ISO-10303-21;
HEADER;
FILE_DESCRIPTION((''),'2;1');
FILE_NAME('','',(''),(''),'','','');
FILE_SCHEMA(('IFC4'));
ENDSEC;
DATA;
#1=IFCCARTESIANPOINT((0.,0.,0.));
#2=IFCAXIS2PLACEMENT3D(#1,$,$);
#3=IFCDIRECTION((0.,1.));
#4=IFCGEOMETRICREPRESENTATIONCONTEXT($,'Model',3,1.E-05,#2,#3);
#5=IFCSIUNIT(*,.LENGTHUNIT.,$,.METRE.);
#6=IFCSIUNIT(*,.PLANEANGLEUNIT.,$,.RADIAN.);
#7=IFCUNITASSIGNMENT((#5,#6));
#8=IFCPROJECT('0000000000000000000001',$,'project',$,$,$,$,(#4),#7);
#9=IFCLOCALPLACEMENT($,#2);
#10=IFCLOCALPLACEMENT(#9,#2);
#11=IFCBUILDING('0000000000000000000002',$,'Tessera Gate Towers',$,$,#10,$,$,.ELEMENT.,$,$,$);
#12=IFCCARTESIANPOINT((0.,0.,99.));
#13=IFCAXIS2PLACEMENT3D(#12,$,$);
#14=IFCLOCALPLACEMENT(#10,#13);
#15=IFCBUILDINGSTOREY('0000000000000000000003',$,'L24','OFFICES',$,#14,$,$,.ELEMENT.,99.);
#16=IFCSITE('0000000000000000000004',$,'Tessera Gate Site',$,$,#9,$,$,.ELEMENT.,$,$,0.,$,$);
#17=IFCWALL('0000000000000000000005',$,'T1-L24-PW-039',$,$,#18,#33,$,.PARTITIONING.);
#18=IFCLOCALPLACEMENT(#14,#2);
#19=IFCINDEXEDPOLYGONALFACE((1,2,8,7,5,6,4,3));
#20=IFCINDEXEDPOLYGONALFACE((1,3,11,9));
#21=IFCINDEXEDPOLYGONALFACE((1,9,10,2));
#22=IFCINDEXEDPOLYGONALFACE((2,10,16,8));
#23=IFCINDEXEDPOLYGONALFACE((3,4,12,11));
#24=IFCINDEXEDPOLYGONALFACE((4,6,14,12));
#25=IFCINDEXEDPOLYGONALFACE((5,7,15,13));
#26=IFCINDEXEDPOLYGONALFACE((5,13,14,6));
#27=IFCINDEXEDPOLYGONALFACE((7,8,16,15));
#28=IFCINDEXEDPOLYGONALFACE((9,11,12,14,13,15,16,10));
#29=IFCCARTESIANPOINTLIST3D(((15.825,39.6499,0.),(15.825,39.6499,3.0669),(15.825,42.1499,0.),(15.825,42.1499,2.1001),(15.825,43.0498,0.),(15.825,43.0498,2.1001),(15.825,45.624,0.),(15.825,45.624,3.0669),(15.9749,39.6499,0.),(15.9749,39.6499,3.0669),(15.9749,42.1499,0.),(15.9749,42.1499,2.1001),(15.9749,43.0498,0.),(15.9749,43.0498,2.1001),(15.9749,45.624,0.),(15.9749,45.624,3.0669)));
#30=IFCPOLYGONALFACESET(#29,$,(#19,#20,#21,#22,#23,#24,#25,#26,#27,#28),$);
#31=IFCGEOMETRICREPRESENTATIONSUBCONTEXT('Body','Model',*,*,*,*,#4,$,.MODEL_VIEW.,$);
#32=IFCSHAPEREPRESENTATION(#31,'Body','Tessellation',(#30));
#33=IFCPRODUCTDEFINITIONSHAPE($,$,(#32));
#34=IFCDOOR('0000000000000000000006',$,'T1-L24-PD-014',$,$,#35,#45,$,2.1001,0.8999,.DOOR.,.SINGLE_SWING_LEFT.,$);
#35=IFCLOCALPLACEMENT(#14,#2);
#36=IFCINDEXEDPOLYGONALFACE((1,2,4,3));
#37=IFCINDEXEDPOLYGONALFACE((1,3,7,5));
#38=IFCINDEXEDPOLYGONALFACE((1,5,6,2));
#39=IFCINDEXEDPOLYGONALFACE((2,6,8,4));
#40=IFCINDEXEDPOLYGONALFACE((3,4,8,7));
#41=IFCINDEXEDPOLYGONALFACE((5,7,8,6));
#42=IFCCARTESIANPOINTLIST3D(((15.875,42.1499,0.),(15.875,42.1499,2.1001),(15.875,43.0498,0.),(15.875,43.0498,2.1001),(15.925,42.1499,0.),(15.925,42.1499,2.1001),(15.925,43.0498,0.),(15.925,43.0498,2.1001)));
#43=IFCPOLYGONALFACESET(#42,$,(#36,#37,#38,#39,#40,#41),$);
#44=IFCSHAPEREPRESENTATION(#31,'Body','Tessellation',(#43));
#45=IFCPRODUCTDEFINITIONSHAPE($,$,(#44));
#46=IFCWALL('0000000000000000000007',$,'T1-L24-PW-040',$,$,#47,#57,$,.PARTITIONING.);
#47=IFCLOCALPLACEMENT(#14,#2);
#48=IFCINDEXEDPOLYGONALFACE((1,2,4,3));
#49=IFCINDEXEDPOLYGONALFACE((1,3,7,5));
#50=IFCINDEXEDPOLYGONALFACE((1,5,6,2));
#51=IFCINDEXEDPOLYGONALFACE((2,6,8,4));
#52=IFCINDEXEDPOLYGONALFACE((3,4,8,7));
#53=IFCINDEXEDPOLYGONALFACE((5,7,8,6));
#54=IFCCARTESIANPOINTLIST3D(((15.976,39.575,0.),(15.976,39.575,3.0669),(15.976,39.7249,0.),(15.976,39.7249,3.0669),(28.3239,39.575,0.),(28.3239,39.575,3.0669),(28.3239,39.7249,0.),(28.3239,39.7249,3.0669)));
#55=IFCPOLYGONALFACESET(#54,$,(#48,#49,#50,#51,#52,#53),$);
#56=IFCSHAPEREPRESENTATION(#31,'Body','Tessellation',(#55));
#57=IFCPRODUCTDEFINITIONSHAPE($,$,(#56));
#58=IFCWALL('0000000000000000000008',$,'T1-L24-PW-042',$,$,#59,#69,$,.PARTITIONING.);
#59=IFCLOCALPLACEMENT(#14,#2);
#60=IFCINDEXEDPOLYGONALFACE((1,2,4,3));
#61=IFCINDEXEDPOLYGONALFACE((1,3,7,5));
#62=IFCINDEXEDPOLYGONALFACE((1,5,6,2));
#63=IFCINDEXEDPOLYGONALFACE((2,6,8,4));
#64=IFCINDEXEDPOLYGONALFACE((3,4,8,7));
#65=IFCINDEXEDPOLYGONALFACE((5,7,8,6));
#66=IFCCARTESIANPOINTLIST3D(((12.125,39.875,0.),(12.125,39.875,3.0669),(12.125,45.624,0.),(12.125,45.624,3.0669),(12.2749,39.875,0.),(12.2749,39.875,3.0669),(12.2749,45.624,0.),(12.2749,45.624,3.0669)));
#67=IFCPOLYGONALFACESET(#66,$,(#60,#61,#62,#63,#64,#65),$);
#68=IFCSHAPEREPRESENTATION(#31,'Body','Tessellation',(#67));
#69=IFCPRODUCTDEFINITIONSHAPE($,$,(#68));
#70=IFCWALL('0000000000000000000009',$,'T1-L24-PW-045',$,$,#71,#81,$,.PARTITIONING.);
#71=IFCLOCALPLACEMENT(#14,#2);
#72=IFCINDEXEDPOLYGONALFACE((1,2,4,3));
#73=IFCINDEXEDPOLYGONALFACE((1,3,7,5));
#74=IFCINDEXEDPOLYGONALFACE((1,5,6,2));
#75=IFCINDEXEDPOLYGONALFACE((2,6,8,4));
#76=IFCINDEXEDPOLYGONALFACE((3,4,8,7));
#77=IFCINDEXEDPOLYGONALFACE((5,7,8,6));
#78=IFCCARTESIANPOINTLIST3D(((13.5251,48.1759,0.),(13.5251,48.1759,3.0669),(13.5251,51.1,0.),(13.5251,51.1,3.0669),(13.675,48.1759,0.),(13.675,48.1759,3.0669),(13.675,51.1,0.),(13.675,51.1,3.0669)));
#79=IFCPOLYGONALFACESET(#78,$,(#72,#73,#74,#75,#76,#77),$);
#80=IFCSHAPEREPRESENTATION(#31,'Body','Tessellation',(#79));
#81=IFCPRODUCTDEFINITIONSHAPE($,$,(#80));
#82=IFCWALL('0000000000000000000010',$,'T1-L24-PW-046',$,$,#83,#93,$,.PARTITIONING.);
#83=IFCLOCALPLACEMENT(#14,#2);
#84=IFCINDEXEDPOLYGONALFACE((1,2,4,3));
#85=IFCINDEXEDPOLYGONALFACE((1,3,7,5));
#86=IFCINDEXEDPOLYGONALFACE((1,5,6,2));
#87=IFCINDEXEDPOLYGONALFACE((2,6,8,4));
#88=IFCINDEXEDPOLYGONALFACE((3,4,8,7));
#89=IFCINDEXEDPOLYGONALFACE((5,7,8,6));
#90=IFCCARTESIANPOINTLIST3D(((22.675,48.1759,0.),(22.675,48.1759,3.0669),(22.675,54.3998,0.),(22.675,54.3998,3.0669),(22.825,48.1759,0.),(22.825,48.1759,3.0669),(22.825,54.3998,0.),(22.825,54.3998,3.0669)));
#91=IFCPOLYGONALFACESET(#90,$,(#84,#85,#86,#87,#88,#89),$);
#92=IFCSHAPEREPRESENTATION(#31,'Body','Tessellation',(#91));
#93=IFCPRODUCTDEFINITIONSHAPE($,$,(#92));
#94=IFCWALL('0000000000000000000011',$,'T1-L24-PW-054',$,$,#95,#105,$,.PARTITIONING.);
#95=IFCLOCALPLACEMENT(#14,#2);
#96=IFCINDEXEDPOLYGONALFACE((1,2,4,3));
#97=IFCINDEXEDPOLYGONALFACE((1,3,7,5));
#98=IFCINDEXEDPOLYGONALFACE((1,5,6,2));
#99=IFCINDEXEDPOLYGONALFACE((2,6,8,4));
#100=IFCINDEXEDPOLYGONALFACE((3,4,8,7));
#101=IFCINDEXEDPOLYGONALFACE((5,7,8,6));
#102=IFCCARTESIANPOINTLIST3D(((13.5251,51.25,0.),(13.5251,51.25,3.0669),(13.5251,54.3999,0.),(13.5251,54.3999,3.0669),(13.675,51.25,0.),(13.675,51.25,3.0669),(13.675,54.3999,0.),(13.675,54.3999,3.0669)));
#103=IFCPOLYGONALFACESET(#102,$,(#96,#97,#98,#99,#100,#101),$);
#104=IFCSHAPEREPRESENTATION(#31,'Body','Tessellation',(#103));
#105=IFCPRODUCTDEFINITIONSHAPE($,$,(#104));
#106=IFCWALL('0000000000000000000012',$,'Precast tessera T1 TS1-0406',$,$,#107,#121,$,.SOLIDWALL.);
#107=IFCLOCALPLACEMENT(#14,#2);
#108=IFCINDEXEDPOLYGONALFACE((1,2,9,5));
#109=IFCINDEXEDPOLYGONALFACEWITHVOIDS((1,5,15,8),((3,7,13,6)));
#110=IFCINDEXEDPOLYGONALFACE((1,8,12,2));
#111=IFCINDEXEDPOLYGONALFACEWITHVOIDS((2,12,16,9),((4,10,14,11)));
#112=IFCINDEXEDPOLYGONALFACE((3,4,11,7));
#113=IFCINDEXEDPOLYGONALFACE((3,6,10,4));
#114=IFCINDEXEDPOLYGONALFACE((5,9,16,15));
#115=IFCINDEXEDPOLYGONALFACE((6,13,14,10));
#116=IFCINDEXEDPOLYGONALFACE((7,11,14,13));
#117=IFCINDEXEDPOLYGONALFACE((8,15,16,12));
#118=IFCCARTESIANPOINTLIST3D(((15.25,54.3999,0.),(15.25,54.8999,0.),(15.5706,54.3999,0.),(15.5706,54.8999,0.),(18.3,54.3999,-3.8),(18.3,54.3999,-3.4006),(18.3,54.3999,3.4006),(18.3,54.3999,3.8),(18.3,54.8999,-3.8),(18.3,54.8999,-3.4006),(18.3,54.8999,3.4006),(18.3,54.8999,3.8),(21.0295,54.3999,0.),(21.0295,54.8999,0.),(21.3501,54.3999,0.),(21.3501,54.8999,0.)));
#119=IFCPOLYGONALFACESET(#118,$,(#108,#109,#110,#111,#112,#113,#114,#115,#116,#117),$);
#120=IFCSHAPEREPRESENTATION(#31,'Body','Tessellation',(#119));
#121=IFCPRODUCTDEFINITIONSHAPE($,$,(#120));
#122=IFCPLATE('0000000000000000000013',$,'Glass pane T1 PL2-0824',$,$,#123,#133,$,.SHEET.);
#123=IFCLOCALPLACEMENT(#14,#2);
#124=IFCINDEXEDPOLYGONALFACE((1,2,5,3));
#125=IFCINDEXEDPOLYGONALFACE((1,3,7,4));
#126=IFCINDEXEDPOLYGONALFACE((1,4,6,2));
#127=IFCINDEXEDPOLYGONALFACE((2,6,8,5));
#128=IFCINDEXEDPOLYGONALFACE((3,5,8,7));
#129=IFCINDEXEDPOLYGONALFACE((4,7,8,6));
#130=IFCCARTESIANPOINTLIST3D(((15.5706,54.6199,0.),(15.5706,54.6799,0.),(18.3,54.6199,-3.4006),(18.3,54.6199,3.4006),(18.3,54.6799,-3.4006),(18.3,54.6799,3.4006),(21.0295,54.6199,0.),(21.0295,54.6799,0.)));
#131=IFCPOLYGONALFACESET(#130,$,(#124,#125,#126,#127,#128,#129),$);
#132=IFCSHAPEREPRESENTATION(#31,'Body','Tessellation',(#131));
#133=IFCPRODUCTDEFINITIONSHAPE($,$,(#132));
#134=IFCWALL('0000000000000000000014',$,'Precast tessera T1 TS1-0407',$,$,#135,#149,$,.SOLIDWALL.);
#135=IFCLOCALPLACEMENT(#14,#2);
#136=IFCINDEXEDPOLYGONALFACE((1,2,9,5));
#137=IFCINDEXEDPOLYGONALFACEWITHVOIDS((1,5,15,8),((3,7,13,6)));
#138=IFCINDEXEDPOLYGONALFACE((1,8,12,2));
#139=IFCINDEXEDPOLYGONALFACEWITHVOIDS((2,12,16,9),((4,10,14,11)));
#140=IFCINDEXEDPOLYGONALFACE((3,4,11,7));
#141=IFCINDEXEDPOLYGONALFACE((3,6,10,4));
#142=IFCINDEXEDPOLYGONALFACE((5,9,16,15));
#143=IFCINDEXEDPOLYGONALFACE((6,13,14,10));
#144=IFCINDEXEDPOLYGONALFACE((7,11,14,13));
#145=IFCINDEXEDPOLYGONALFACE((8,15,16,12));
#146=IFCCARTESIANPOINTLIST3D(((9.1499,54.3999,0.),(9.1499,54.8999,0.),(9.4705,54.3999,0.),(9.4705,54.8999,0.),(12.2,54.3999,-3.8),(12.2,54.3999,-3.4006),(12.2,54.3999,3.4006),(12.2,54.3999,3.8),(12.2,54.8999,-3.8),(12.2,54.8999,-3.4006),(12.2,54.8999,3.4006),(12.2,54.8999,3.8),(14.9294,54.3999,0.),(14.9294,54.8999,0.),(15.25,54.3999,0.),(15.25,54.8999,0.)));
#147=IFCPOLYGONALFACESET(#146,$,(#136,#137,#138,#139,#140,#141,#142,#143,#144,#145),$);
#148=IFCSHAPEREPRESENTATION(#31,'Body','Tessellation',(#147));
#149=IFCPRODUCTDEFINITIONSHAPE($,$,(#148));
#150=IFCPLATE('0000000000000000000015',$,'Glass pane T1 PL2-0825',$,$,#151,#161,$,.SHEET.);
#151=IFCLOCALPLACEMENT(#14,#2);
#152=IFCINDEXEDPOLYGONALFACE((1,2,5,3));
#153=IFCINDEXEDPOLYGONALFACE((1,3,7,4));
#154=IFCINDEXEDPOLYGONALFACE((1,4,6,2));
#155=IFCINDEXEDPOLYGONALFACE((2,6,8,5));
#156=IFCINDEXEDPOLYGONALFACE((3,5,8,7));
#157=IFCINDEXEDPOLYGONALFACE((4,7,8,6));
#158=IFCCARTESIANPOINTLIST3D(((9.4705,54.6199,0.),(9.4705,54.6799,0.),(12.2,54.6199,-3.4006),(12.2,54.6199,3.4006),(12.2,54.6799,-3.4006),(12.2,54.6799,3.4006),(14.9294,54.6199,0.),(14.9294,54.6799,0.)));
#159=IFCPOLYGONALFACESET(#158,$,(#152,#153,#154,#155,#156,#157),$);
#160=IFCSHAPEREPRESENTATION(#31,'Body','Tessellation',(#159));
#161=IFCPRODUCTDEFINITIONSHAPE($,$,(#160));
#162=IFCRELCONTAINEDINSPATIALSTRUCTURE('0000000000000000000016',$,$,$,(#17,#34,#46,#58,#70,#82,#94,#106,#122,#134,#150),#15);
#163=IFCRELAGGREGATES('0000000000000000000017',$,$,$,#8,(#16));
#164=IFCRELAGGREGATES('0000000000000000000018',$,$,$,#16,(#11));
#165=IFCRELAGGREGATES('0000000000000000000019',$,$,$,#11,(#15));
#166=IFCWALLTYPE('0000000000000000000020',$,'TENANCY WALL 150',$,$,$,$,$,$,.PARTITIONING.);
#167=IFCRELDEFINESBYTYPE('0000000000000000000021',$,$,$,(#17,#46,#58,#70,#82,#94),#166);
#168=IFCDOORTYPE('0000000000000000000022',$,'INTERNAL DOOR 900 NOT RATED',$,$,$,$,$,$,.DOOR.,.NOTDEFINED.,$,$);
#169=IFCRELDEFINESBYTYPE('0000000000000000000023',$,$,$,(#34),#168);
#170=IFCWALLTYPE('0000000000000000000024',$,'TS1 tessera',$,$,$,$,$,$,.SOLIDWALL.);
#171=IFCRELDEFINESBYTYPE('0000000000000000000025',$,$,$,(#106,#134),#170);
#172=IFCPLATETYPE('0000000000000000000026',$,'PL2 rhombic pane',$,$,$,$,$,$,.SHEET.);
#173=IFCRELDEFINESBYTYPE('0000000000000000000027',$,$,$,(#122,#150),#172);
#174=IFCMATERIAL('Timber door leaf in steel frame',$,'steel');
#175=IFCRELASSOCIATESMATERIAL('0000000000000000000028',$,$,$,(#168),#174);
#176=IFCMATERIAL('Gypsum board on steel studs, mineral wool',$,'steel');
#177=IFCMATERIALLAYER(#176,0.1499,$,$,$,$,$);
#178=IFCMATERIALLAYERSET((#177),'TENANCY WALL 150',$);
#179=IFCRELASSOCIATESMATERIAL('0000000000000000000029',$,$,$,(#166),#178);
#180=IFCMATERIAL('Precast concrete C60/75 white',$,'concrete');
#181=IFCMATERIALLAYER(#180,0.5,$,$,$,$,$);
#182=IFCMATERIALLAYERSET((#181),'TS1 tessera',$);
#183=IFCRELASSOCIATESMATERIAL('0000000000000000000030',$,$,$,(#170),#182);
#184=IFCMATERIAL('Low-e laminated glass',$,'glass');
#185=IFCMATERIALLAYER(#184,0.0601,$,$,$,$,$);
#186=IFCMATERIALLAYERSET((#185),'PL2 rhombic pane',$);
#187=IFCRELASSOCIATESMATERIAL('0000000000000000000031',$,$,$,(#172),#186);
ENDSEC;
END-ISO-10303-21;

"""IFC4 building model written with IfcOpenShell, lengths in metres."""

from ifc_helpers import new_model, si_unit, direction, frame, frame_2d, origin, place, context, subcontext, project, spatial, polyline, rectangle, outline, extrude, source, transform, mapped, material, layer, layer_set, type_object, element, fill, save


model = new_model("IFC4")

# Units and contexts
model_context = context("Model", 3, precision=1e-05, world=origin(), true_north=direction((0.0, 1.0)))
body_context = subcontext(model_context, "Body", "Model", "MODEL_VIEW")
ifc_project = project(units=[si_unit("LENGTHUNIT", "METRE"), si_unit("PLANEANGLEUNIT", "RADIAN")], contexts=[model_context])

# Site, building, storey
site_placement = place(None, origin())
site = spatial("IfcSite", under=ifc_project, at=site_placement, Name="Tessera Gate Site", CompositionType="ELEMENT", RefElevation=0.0)
building_placement = place(site_placement, origin())
building = spatial("IfcBuilding", under=site, at=building_placement, Name="Tessera Gate Towers", CompositionType="ELEMENT")
storey_placement = place(building_placement, frame((0.0, 0.0, 99.0)))
storey = spatial("IfcBuildingStorey", under=building, at=storey_placement, Name="L24", Description="OFFICES", CompositionType="ELEMENT", Elevation=99.0)

# Shared definitions
ifc_material_1 = material(Name="Timber door leaf in steel frame", Category="steel")
door_type = type_object("IfcDoorType", Name="INTERNAL DOOR 900 NOT RATED", OperationType="NOTDEFINED", PredefinedType="DOOR", material=ifc_material_1)
shared_shape_1 = source(origin(), body_context, "Body", "SweptSolid", [
    extrude(rectangle(XDim=0.8999, YDim=2.1001, at=frame_2d((0.45, 1.05))), frame((0.0, 0.0249, 0.0), z_axis=(0.0, -1.0, 0.0), x_axis=(1.0, 0.0, 0.0)), (0.0, 0.0, 1.0), 0.05),
])

# Shared definitions
ifc_material_2 = material(Name="Gypsum board on steel studs, mineral wool", Category="steel")
ifc_layer_1 = layer(ifc_material_2, 0.1499)
ifc_layer_set_1 = layer_set([ifc_layer_1], Name="TENANCY WALL 150")
wall_type_1 = type_object("IfcWallType", Name="TENANCY WALL 150", PredefinedType="PARTITIONING", material=ifc_layer_set_1)

# Wall, opening, door
wall_1_placement = place(storey_placement, frame((15.8999, 39.6499, 0.0), z_axis=(0.0, 0.0, 1.0), x_axis=(0.0, 1.0, 0.0)))
wall_1 = element("IfcWall", 1, at=wall_1_placement, inside=storey, type_object=wall_type_1, Name="T1-L24-PW-039", PredefinedType="PARTITIONING", context=body_context, shape_type="SweptSolid", body=[
    extrude(rectangle(XDim=5.9741, YDim=0.1499, at=frame_2d((2.9871, 0.0))), origin(), (0.0, 0.0, 1.0), 3.0669),
])
shared_shape_2 = source(origin(), body_context, "Body", "SweptSolid", [
    extrude(rectangle(XDim=0.8999, YDim=2.1001, at=frame_2d((0.45, 1.05))), frame((0.0, 0.085, 0.0), z_axis=(0.0, -1.0, 0.0), x_axis=(1.0, 0.0, 0.0)), (0.0, 0.0, 1.0), 0.1699),
])
opening_1_placement = place(wall_1_placement, frame((2.5, 0.0, 0.0)))
opening_1 = element("IfcOpeningElement", 2, at=opening_1_placement, cuts=wall_1, PredefinedType="OPENING", context=body_context, shape_type="MappedRepresentation", body=[
    mapped(shared_shape_2, transform((0.0, 0.0, 0.0), scale=1.0)),
])
door_1_placement = place(opening_1_placement, origin())
door_1 = element("IfcDoor", 3, at=door_1_placement, inside=storey, type_object=door_type, Name="T1-L24-PD-014", OperationType="SINGLE_SWING_LEFT", OverallHeight=2.1001, OverallWidth=0.8999, PredefinedType="DOOR", context=body_context, shape_type="MappedRepresentation", body=[
    mapped(shared_shape_1, transform((0.0, 0.0, 0.0), scale=1.0)),
])
fill(opening_1, door_1)

# Walls
wall_2_placement = place(storey_placement, frame((15.9761, 39.6499, 0.0), z_axis=(0.0, 0.0, 1.0), x_axis=(1.0, 0.0, 0.0)))
element("IfcWall", 4, at=wall_2_placement, inside=storey, type_object=wall_type_1, Name="T1-L24-PW-040", PredefinedType="PARTITIONING", context=body_context, shape_type="SweptSolid", body=[
    extrude(rectangle(XDim=12.3479, YDim=0.1499, at=frame_2d((6.1738, 0.0))), origin(), (0.0, 0.0, 1.0), 3.0669),
])
wall_3_placement = place(storey_placement, frame((12.2, 39.875, 0.0), z_axis=(0.0, 0.0, 1.0), x_axis=(0.0, 1.0, 0.0)))
element("IfcWall", 5, at=wall_3_placement, inside=storey, type_object=wall_type_1, Name="T1-L24-PW-042", PredefinedType="PARTITIONING", context=body_context, shape_type="SweptSolid", body=[
    extrude(rectangle(XDim=5.749, YDim=0.1499, at=frame_2d((2.8745, 0.0))), origin(), (0.0, 0.0, 1.0), 3.0669),
])
wall_4_placement = place(storey_placement, frame((13.6001, 48.176, 0.0), z_axis=(0.0, 0.0, 1.0), x_axis=(0.0, 1.0, 0.0)))
element("IfcWall", 6, at=wall_4_placement, inside=storey, type_object=wall_type_1, Name="T1-L24-PW-045", PredefinedType="PARTITIONING", context=body_context, shape_type="SweptSolid", body=[
    extrude(rectangle(XDim=2.9241, YDim=0.1499, at=frame_2d((1.4619, 0.0))), origin(), (0.0, 0.0, 1.0), 3.0669),
])
wall_5_placement = place(storey_placement, frame((22.75, 48.176, 0.0), z_axis=(0.0, 0.0, 1.0), x_axis=(0.0, 1.0, 0.0)))
element("IfcWall", 7, at=wall_5_placement, inside=storey, type_object=wall_type_1, Name="T1-L24-PW-046", PredefinedType="PARTITIONING", context=body_context, shape_type="SweptSolid", body=[
    extrude(rectangle(XDim=6.2239, YDim=0.1499, at=frame_2d((3.1118, 0.0))), origin(), (0.0, 0.0, 1.0), 3.0669),
])
wall_6_placement = place(storey_placement, frame((13.6001, 51.25, 0.0), z_axis=(0.0, 0.0, 1.0), x_axis=(0.0, 1.0, 0.0)))
element("IfcWall", 8, at=wall_6_placement, inside=storey, type_object=wall_type_1, Name="T1-L24-PW-054", PredefinedType="PARTITIONING", context=body_context, shape_type="SweptSolid", body=[
    extrude(rectangle(XDim=3.1499, YDim=0.1499, at=frame_2d((1.575, 0.0))), origin(), (0.0, 0.0, 1.0), 3.0669),
])

# Walls, openings, plates
ifc_material_3 = material(Name="Precast concrete C60/75 white", Category="concrete")
ifc_layer_2 = layer(ifc_material_3, 0.5)
ifc_layer_set_2 = layer_set([ifc_layer_2], Name="TS1 tessera")
wall_type_2 = type_object("IfcWallType", Name="TS1 tessera", PredefinedType="SOLIDWALL", material=ifc_layer_set_2)
shared_shape_3 = source(origin(), body_context, "Body", "SweptSolid", [
    extrude(outline(polyline([(3.05, 0.0), (6.1001, 3.8), (3.05, 7.6001), (0.0, 3.8), (3.05, 0.0)])), frame((0.0, 0.25, 0.0), z_axis=(0.0, -1.0, 0.0), x_axis=(1.0, 0.0, 0.0)), (0.0, 0.0, 1.0), 0.5),
])
wall_7_placement = place(storey_placement, frame((21.3501, 54.6499, -3.8), z_axis=(0.0, 0.0, 1.0), x_axis=(-1.0, 0.0, 0.0)))
wall_7 = element("IfcWall", 9, at=wall_7_placement, inside=storey, type_object=wall_type_2, Name="Precast tessera T1 TS1-0406", PredefinedType="SOLIDWALL", context=body_context, shape_type="MappedRepresentation", body=[
    mapped(shared_shape_3, transform((0.0, 0.0, 0.0), scale=1.0)),
])
shared_shape_4 = source(origin(), body_context, "Body", "SweptSolid", [
    extrude(outline(polyline([(3.05, 0.3994), (5.7795, 3.8), (3.05, 7.2007), (0.3206, 3.8), (3.05, 0.3994)])), frame((0.0, 0.26, 0.0), z_axis=(0.0, -1.0, 0.0), x_axis=(1.0, 0.0, 0.0)), (0.0, 0.0, 1.0), 0.52),
])
opening_2_placement = place(wall_7_placement, origin())
opening_2 = element("IfcOpeningElement", 10, at=opening_2_placement, cuts=wall_7, PredefinedType="OPENING", context=body_context, shape_type="MappedRepresentation", body=[
    mapped(shared_shape_4, transform((0.0, 0.0, 0.0), scale=1.0)),
])
ifc_material_4 = material(Name="Low-e laminated glass", Category="glass")
ifc_layer_3 = layer(ifc_material_4, 0.0601)
ifc_layer_set_3 = layer_set([ifc_layer_3], Name="PL2 rhombic pane")
plate_type = type_object("IfcPlateType", Name="PL2 rhombic pane", PredefinedType="SHEET", material=ifc_layer_set_3)
shared_shape_5 = source(origin(), body_context, "Body", "SweptSolid", [
    extrude(outline(polyline([(3.05, 0.3994), (5.7795, 3.8), (3.05, 7.2007), (0.3206, 3.8), (3.05, 0.3994)])), frame((0.0, 0.03, 0.0), z_axis=(0.0, -1.0, 0.0), x_axis=(1.0, 0.0, 0.0)), (0.0, 0.0, 1.0), 0.0601),
])
plate_1_placement = place(opening_2_placement, origin())
plate_1 = element("IfcPlate", 11, at=plate_1_placement, inside=storey, type_object=plate_type, Name="Glass pane T1 PL2-0824", PredefinedType="SHEET", context=body_context, shape_type="MappedRepresentation", body=[
    mapped(shared_shape_5, transform((0.0, 0.0, 0.0), scale=1.0)),
])
fill(opening_2, plate_1)
wall_8_placement = place(storey_placement, frame((15.25, 54.6499, -3.8), z_axis=(0.0, 0.0, 1.0), x_axis=(-1.0, 0.0, 0.0)))
wall_8 = element("IfcWall", 12, at=wall_8_placement, inside=storey, type_object=wall_type_2, Name="Precast tessera T1 TS1-0407", PredefinedType="SOLIDWALL", context=body_context, shape_type="MappedRepresentation", body=[
    mapped(shared_shape_3, transform((0.0, 0.0, 0.0), scale=1.0)),
])
opening_3_placement = place(wall_8_placement, origin())
opening_3 = element("IfcOpeningElement", 13, at=opening_3_placement, cuts=wall_8, PredefinedType="OPENING", context=body_context, shape_type="MappedRepresentation", body=[
    mapped(shared_shape_4, transform((0.0, 0.0, 0.0), scale=1.0)),
])
plate_2_placement = place(opening_3_placement, origin())
plate_2 = element("IfcPlate", 14, at=plate_2_placement, inside=storey, type_object=plate_type, Name="Glass pane T1 PL2-0825", PredefinedType="SHEET", context=body_context, shape_type="MappedRepresentation", body=[
    mapped(shared_shape_5, transform((0.0, 0.0, 0.0), scale=1.0)),
])
fill(opening_3, plate_2)

save(model, "model.ifc")
